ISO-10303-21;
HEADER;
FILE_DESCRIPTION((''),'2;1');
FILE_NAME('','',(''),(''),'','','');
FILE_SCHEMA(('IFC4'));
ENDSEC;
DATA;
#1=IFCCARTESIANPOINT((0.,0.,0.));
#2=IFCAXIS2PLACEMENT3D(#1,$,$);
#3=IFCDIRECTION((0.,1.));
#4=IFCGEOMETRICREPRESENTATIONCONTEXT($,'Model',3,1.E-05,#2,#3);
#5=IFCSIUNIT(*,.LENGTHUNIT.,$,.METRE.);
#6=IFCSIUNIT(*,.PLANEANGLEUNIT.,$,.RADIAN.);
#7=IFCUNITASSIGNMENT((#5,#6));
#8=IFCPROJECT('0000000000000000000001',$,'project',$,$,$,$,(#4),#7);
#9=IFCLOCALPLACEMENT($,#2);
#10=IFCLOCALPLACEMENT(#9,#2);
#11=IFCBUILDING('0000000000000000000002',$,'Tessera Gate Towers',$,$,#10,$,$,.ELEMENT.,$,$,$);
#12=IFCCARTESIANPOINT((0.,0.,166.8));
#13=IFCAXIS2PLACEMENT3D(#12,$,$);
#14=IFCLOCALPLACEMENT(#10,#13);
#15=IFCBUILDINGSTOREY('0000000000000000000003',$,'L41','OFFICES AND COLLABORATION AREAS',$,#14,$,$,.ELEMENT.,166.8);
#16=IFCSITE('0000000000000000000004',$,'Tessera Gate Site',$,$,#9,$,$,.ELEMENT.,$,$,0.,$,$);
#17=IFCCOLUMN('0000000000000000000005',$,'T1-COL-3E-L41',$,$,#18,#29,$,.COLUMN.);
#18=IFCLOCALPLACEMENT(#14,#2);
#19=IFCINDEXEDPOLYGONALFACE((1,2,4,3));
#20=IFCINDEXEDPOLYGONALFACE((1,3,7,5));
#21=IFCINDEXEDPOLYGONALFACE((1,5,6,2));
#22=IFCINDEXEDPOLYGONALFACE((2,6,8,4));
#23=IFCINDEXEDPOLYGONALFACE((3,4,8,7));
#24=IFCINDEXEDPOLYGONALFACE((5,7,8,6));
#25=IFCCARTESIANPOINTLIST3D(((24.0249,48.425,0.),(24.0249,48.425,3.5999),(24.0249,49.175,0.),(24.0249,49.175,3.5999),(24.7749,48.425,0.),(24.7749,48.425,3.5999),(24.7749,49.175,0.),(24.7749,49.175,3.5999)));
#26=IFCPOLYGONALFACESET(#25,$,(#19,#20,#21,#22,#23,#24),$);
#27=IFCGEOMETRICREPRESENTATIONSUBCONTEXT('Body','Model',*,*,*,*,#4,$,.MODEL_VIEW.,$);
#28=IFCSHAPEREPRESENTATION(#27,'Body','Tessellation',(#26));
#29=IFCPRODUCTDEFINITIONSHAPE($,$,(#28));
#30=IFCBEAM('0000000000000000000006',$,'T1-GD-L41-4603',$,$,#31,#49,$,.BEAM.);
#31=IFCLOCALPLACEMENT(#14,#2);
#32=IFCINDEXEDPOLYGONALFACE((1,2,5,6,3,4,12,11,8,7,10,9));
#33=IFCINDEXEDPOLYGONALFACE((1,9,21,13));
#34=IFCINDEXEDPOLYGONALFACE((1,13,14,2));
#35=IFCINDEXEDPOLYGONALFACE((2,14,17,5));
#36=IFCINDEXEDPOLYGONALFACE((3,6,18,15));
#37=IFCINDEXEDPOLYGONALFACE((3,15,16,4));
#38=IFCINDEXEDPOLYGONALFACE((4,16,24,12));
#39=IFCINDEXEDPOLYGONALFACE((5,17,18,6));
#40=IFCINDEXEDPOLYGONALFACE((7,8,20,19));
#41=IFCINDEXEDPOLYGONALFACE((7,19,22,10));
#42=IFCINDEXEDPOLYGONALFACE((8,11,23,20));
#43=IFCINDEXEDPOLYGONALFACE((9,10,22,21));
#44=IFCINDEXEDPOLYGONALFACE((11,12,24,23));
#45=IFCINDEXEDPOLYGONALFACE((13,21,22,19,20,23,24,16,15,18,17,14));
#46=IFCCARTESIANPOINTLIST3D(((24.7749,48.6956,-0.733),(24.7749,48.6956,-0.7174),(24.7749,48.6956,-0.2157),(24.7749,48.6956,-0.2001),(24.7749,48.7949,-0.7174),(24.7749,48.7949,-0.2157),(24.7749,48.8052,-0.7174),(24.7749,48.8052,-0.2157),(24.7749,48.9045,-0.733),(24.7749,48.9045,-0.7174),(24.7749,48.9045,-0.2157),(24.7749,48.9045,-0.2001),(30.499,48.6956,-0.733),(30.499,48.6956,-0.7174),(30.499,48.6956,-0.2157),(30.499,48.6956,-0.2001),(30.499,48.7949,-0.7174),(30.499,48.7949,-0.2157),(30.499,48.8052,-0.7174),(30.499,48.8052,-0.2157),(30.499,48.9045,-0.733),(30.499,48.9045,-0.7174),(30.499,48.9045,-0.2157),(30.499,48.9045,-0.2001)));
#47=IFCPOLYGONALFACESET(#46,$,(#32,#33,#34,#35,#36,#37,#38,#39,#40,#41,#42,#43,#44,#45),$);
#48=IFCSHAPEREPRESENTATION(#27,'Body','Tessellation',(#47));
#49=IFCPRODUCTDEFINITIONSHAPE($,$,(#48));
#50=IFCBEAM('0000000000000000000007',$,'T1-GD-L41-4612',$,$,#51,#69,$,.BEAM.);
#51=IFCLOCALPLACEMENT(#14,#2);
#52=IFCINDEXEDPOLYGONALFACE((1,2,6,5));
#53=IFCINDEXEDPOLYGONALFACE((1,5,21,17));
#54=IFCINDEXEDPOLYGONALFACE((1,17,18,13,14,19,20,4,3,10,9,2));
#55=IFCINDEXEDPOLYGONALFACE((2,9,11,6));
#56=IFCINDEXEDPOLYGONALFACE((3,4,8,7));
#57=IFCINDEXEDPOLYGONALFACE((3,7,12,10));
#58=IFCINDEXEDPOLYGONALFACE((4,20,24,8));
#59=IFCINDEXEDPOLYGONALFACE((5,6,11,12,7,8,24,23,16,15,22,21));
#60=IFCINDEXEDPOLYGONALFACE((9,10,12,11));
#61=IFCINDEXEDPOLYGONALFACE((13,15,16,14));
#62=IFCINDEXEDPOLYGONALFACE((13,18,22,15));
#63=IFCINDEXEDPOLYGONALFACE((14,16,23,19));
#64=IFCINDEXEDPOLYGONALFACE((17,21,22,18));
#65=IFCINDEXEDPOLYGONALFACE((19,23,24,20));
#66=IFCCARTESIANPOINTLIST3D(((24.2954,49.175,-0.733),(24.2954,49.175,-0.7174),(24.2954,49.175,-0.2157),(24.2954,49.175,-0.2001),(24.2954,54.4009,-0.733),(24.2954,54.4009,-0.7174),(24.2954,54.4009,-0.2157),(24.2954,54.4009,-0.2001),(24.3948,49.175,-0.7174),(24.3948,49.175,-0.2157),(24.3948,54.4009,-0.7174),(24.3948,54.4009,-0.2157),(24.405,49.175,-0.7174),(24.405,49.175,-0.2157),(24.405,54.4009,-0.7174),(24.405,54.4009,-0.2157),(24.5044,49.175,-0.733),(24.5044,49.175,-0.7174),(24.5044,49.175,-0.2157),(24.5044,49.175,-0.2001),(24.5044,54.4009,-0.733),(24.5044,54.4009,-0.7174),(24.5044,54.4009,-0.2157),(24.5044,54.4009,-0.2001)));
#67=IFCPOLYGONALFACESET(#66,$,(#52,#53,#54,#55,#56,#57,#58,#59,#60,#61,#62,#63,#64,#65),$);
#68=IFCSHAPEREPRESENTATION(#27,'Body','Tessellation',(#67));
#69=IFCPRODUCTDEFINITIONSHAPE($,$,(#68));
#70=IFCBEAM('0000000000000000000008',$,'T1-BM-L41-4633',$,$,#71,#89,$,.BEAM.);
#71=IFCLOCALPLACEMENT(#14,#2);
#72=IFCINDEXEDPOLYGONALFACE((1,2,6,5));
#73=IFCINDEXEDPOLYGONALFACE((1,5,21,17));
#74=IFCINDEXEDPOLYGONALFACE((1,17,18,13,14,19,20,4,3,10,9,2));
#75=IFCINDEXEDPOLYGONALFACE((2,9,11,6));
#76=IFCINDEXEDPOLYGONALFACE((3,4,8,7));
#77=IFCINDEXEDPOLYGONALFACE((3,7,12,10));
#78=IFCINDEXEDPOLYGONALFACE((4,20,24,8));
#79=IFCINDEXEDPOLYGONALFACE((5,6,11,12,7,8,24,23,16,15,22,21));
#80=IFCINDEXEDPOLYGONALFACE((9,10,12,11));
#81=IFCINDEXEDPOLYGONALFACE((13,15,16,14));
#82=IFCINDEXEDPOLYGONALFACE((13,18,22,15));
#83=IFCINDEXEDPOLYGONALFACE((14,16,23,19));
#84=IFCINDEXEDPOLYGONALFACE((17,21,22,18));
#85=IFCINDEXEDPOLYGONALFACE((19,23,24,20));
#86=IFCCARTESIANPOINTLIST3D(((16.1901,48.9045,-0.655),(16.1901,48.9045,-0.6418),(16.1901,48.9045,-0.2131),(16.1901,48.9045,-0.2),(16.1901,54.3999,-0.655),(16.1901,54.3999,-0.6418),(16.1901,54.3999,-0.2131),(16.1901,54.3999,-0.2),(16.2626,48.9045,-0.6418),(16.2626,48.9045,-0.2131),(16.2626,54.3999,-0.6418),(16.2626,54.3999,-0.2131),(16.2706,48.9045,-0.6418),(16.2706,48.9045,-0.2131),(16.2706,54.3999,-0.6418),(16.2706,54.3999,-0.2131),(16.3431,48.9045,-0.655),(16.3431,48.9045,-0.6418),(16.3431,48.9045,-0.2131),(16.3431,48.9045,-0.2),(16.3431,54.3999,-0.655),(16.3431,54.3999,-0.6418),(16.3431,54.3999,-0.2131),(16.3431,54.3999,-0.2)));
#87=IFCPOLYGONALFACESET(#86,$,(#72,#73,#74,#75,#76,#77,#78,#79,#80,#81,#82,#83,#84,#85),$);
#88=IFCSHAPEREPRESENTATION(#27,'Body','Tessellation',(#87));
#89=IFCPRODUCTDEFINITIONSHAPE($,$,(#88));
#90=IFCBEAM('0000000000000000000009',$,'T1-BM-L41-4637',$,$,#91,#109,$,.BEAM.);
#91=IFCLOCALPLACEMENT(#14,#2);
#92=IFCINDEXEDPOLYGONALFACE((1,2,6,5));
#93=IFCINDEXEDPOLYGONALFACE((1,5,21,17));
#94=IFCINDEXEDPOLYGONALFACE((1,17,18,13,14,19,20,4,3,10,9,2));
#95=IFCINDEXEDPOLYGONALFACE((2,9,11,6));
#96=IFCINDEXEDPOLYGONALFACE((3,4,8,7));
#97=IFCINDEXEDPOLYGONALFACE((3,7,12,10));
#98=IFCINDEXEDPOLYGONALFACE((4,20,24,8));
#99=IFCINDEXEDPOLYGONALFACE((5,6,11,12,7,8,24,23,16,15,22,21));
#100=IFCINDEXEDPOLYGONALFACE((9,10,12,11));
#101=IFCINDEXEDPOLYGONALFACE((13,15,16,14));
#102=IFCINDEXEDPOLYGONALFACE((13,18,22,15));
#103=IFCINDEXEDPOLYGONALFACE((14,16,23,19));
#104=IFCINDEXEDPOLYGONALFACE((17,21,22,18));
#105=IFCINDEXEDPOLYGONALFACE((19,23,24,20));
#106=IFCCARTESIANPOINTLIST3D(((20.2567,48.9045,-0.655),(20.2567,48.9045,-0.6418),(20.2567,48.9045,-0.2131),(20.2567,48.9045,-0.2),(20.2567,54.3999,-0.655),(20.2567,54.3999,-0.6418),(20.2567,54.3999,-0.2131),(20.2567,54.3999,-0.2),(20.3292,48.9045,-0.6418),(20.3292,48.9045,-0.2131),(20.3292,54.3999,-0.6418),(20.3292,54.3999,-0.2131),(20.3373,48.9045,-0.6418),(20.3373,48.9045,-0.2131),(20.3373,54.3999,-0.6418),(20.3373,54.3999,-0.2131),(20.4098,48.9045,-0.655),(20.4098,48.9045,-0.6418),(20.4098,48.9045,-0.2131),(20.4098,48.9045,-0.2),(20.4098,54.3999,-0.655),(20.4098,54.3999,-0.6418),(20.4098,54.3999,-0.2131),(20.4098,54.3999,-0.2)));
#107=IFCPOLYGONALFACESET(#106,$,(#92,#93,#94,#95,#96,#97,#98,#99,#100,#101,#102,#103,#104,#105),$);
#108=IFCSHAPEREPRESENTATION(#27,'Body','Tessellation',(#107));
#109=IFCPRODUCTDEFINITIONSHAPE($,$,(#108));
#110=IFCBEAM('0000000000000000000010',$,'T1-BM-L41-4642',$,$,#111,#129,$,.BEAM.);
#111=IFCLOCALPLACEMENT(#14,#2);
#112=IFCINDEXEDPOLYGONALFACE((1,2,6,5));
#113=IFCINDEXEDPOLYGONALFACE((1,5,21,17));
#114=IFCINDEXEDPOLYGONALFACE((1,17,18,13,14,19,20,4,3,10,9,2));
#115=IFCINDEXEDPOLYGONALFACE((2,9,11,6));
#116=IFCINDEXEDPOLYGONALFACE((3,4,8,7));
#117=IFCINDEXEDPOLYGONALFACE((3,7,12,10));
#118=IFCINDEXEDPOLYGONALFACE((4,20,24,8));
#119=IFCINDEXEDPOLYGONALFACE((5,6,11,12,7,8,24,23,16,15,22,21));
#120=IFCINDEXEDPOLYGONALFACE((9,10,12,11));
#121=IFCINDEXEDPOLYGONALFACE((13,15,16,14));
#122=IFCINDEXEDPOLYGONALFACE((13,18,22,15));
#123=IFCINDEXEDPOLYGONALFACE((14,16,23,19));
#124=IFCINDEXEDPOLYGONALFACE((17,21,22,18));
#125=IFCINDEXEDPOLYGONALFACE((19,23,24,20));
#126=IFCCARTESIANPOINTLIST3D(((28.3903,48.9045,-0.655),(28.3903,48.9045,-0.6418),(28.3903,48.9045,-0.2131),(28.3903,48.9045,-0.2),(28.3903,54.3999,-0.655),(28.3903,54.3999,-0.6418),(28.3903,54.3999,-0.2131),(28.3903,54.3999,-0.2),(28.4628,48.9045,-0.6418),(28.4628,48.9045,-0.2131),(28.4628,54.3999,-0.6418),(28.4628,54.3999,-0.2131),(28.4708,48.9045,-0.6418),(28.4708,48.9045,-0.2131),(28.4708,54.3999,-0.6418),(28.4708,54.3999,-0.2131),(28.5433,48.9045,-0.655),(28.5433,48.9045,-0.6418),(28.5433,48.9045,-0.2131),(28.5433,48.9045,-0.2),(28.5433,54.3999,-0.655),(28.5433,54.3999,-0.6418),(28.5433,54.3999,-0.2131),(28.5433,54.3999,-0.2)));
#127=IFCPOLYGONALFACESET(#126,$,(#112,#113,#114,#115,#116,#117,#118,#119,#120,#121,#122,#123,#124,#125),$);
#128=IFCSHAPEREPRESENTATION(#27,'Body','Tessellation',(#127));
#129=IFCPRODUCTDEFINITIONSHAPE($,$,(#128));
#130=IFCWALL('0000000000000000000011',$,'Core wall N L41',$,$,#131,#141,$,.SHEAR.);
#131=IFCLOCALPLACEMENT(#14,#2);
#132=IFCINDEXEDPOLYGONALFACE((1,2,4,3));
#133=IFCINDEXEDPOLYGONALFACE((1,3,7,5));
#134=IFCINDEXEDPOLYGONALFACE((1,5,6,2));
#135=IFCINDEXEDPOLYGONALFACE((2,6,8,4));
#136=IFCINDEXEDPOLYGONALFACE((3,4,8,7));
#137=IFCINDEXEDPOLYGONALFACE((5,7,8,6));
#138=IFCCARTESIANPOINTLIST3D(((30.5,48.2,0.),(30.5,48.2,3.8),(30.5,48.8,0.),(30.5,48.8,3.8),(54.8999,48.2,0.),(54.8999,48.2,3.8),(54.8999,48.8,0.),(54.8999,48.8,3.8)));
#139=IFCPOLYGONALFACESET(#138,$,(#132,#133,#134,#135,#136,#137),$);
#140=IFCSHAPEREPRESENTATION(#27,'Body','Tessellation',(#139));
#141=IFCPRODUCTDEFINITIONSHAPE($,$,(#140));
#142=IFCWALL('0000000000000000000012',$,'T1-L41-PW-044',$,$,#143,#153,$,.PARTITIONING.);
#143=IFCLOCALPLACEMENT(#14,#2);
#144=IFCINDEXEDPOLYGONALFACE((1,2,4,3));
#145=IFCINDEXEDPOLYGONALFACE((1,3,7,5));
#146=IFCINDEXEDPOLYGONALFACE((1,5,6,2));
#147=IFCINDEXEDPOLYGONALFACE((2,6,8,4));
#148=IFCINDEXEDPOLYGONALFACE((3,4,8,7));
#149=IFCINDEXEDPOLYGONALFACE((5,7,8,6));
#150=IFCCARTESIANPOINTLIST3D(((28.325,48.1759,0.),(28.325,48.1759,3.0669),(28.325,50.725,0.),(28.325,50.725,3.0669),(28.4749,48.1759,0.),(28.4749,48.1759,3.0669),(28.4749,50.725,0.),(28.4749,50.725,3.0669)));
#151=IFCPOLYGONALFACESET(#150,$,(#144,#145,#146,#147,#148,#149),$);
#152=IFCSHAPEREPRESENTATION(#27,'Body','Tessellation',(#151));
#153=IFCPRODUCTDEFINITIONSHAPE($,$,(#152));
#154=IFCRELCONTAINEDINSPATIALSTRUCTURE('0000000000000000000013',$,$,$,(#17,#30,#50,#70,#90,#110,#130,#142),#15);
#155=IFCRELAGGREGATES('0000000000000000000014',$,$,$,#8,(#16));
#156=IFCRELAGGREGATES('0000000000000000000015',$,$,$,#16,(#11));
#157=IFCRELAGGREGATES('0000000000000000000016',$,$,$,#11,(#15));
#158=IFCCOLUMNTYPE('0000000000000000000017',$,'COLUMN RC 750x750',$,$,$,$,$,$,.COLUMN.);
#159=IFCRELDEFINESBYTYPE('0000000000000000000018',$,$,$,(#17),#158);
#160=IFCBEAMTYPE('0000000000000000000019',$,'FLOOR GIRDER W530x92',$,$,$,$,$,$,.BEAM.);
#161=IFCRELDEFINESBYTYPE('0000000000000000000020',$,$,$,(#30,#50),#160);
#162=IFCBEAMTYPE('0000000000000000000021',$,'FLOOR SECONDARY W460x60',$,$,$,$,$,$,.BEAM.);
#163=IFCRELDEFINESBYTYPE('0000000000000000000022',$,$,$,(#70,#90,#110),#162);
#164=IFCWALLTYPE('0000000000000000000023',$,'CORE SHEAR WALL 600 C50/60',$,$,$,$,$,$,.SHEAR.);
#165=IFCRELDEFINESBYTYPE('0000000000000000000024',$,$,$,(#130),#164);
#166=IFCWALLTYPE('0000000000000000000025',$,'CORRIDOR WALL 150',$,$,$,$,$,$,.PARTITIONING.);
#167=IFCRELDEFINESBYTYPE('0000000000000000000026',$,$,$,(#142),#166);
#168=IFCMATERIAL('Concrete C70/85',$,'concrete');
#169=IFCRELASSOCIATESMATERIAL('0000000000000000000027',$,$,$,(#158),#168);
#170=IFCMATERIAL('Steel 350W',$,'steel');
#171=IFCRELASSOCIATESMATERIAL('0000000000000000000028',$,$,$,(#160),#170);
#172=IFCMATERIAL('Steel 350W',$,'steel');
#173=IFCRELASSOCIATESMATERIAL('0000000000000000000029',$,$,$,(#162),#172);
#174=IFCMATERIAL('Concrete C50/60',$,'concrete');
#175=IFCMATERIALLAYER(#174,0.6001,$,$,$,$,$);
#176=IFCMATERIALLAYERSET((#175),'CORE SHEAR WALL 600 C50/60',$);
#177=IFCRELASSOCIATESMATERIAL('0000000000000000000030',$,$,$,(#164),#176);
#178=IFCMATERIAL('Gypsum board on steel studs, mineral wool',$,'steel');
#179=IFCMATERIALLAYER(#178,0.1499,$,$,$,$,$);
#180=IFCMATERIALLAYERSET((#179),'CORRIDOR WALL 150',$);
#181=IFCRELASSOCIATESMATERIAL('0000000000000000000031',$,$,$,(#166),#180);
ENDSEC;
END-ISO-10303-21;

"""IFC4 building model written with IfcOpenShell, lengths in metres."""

from ifc_helpers import new_model, si_unit, direction, frame, frame_2d, origin, origin_2d, place, context, subcontext, project, spatial, rectangle, i_section, extrude, material, layer, layer_set, material_profile, profile_set, type_object, element, save


model = new_model("IFC4")

# Units and contexts
model_context = context("Model", 3, precision=1e-05, world=origin(), true_north=direction((0.0, 1.0)))
body_context = subcontext(model_context, "Body", "Model", "MODEL_VIEW")
ifc_project = project(units=[si_unit("LENGTHUNIT", "METRE"), si_unit("PLANEANGLEUNIT", "RADIAN")], contexts=[model_context])

# Site, building, storey
site_placement = place(None, origin())
site = spatial("IfcSite", under=ifc_project, at=site_placement, Name="Tessera Gate Site", CompositionType="ELEMENT", RefElevation=0.0)
building_placement = place(site_placement, origin())
building = spatial("IfcBuilding", under=site, at=building_placement, Name="Tessera Gate Towers", CompositionType="ELEMENT")
storey_placement = place(building_placement, frame((0.0, 0.0, 166.8)))
storey = spatial("IfcBuildingStorey", under=building, at=storey_placement, Name="L41", Description="OFFICES AND COLLABORATION AREAS", CompositionType="ELEMENT", Elevation=166.8)

# Column
ifc_material_1 = material(Name="Concrete C70/85", Category="concrete")
ifc_material_profile_1 = material_profile(ifc_material_1, rectangle(XDim=0.75, YDim=0.75, at=origin_2d()), Name="RC 750x750")
ifc_profile_set_1 = profile_set([ifc_material_profile_1], Name="Concrete C70/85")
column_type = type_object("IfcColumnType", Name="COLUMN RC 750x750", PredefinedType="COLUMN", material=ifc_profile_set_1)
column_placement = place(storey_placement, frame((24.3999, 48.8, 0.0), z_axis=(0.0, 0.0, 1.0), x_axis=(1.0, 0.0, 0.0)))
element("IfcColumn", 1, at=column_placement, inside=storey, type_object=column_type, Name="T1-COL-3E-L41", PredefinedType="COLUMN", context=body_context, shape_type="SweptSolid", body=[
    extrude(rectangle(XDim=0.75, YDim=0.75, at=origin_2d()), origin(), (0.0, 0.0, 1.0), 3.5999),
])

# Beams
ifc_material_2 = material(Name="Steel 350W", Category="steel")
ifc_material_profile_2 = material_profile(ifc_material_2, i_section(OverallWidth=0.209, OverallDepth=0.533, WebThickness=0.0103, FlangeThickness=0.0156, at=origin_2d()), Name="W530x92")
ifc_profile_set_2 = profile_set([ifc_material_profile_2], Name="Steel 350W")
beam_type_1 = type_object("IfcBeamType", Name="FLOOR GIRDER W530x92", PredefinedType="BEAM", material=ifc_profile_set_2)
beam_1_placement = place(storey_placement, frame((24.7749, 48.8, -0.4666), z_axis=(1.0, 0.0, 0.0), x_axis=(0.0, 1.0, 0.0)))
element("IfcBeam", 2, at=beam_1_placement, inside=storey, type_object=beam_type_1, Name="T1-GD-L41-4603", PredefinedType="BEAM", context=body_context, shape_type="SweptSolid", body=[
    extrude(i_section(OverallWidth=0.209, OverallDepth=0.533, WebThickness=0.0103, FlangeThickness=0.0156, at=origin_2d()), origin(), (0.0, 0.0, 1.0), 5.7241),
])
beam_2_placement = place(storey_placement, frame((24.3999, 49.175, -0.4666), z_axis=(0.0, 1.0, 0.0), x_axis=(-1.0, 0.0, 0.0)))
element("IfcBeam", 3, at=beam_2_placement, inside=storey, type_object=beam_type_1, Name="T1-GD-L41-4612", PredefinedType="BEAM", context=body_context, shape_type="SweptSolid", body=[
    extrude(i_section(OverallWidth=0.209, OverallDepth=0.533, WebThickness=0.0103, FlangeThickness=0.0156, at=origin_2d()), origin(), (0.0, 0.0, 1.0), 5.2258),
])
ifc_material_3 = material(Name="Steel 350W", Category="steel")
ifc_material_profile_3 = material_profile(ifc_material_3, i_section(OverallWidth=0.1531, OverallDepth=0.4551, WebThickness=0.0081, FlangeThickness=0.0132, at=origin_2d()), Name="W460x60")
ifc_profile_set_3 = profile_set([ifc_material_profile_3], Name="Steel 350W")
beam_type_2 = type_object("IfcBeamType", Name="FLOOR SECONDARY W460x60", PredefinedType="BEAM", material=ifc_profile_set_3)
for number, where, z_axis, x_axis, name in (
    (4, (16.2666, 48.9045, -0.4275), (0.0, 1.0, 0.0), (-1.0, 0.0, 0.0), "T1-BM-L41-4633"),
    (5, (20.3333, 48.9045, -0.4275), (0.0, 1.0, 0.0), (-1.0, 0.0, 0.0), "T1-BM-L41-4637"),
    (6, (28.4668, 48.9045, -0.4275), (0.0, 1.0, 0.0), (-1.0, 0.0, 0.0), "T1-BM-L41-4642"),
):
    element("IfcBeam", number, at=place(storey_placement, frame(where, z_axis=z_axis, x_axis=x_axis)), inside=storey, type_object=beam_type_2, Name=name, PredefinedType="BEAM", context=body_context, shape_type="SweptSolid", body=[
        extrude(i_section(OverallWidth=0.1531, OverallDepth=0.4551, WebThickness=0.0081, FlangeThickness=0.0132, at=origin_2d()), origin(), (0.0, 0.0, 1.0), 5.4954),
    ])

# Walls
ifc_material_4 = material(Name="Concrete C50/60", Category="concrete")
ifc_layer_1 = layer(ifc_material_4, 0.6001)
ifc_layer_set_1 = layer_set([ifc_layer_1], Name="CORE SHEAR WALL 600 C50/60")
wall_type_1 = type_object("IfcWallType", Name="CORE SHEAR WALL 600 C50/60", PredefinedType="SHEAR", material=ifc_layer_set_1)
wall_1_placement = place(storey_placement, frame((30.5, 48.5, 0.0), z_axis=(0.0, 0.0, 1.0), x_axis=(1.0, 0.0, 0.0)))
element("IfcWall", 7, at=wall_1_placement, inside=storey, type_object=wall_type_1, Name="Core wall N L41", PredefinedType="SHEAR", context=body_context, shape_type="SweptSolid", body=[
    extrude(rectangle(XDim=24.3999, YDim=0.6001, at=frame_2d((12.2, 0.0))), origin(), (0.0, 0.0, 1.0), 3.8),
])
ifc_material_5 = material(Name="Gypsum board on steel studs, mineral wool", Category="steel")
ifc_layer_2 = layer(ifc_material_5, 0.1499)
ifc_layer_set_2 = layer_set([ifc_layer_2], Name="CORRIDOR WALL 150")
wall_type_2 = type_object("IfcWallType", Name="CORRIDOR WALL 150", PredefinedType="PARTITIONING", material=ifc_layer_set_2)
wall_2_placement = place(storey_placement, frame((28.3999, 48.176, 0.0), z_axis=(0.0, 0.0, 1.0), x_axis=(0.0, 1.0, 0.0)))
element("IfcWall", 8, at=wall_2_placement, inside=storey, type_object=wall_type_2, Name="T1-L41-PW-044", PredefinedType="PARTITIONING", context=body_context, shape_type="SweptSolid", body=[
    extrude(rectangle(XDim=2.5491, YDim=0.1499, at=frame_2d((1.2744, 0.0))), origin(), (0.0, 0.0, 1.0), 3.0669),
])

save(model, "model.ifc")
